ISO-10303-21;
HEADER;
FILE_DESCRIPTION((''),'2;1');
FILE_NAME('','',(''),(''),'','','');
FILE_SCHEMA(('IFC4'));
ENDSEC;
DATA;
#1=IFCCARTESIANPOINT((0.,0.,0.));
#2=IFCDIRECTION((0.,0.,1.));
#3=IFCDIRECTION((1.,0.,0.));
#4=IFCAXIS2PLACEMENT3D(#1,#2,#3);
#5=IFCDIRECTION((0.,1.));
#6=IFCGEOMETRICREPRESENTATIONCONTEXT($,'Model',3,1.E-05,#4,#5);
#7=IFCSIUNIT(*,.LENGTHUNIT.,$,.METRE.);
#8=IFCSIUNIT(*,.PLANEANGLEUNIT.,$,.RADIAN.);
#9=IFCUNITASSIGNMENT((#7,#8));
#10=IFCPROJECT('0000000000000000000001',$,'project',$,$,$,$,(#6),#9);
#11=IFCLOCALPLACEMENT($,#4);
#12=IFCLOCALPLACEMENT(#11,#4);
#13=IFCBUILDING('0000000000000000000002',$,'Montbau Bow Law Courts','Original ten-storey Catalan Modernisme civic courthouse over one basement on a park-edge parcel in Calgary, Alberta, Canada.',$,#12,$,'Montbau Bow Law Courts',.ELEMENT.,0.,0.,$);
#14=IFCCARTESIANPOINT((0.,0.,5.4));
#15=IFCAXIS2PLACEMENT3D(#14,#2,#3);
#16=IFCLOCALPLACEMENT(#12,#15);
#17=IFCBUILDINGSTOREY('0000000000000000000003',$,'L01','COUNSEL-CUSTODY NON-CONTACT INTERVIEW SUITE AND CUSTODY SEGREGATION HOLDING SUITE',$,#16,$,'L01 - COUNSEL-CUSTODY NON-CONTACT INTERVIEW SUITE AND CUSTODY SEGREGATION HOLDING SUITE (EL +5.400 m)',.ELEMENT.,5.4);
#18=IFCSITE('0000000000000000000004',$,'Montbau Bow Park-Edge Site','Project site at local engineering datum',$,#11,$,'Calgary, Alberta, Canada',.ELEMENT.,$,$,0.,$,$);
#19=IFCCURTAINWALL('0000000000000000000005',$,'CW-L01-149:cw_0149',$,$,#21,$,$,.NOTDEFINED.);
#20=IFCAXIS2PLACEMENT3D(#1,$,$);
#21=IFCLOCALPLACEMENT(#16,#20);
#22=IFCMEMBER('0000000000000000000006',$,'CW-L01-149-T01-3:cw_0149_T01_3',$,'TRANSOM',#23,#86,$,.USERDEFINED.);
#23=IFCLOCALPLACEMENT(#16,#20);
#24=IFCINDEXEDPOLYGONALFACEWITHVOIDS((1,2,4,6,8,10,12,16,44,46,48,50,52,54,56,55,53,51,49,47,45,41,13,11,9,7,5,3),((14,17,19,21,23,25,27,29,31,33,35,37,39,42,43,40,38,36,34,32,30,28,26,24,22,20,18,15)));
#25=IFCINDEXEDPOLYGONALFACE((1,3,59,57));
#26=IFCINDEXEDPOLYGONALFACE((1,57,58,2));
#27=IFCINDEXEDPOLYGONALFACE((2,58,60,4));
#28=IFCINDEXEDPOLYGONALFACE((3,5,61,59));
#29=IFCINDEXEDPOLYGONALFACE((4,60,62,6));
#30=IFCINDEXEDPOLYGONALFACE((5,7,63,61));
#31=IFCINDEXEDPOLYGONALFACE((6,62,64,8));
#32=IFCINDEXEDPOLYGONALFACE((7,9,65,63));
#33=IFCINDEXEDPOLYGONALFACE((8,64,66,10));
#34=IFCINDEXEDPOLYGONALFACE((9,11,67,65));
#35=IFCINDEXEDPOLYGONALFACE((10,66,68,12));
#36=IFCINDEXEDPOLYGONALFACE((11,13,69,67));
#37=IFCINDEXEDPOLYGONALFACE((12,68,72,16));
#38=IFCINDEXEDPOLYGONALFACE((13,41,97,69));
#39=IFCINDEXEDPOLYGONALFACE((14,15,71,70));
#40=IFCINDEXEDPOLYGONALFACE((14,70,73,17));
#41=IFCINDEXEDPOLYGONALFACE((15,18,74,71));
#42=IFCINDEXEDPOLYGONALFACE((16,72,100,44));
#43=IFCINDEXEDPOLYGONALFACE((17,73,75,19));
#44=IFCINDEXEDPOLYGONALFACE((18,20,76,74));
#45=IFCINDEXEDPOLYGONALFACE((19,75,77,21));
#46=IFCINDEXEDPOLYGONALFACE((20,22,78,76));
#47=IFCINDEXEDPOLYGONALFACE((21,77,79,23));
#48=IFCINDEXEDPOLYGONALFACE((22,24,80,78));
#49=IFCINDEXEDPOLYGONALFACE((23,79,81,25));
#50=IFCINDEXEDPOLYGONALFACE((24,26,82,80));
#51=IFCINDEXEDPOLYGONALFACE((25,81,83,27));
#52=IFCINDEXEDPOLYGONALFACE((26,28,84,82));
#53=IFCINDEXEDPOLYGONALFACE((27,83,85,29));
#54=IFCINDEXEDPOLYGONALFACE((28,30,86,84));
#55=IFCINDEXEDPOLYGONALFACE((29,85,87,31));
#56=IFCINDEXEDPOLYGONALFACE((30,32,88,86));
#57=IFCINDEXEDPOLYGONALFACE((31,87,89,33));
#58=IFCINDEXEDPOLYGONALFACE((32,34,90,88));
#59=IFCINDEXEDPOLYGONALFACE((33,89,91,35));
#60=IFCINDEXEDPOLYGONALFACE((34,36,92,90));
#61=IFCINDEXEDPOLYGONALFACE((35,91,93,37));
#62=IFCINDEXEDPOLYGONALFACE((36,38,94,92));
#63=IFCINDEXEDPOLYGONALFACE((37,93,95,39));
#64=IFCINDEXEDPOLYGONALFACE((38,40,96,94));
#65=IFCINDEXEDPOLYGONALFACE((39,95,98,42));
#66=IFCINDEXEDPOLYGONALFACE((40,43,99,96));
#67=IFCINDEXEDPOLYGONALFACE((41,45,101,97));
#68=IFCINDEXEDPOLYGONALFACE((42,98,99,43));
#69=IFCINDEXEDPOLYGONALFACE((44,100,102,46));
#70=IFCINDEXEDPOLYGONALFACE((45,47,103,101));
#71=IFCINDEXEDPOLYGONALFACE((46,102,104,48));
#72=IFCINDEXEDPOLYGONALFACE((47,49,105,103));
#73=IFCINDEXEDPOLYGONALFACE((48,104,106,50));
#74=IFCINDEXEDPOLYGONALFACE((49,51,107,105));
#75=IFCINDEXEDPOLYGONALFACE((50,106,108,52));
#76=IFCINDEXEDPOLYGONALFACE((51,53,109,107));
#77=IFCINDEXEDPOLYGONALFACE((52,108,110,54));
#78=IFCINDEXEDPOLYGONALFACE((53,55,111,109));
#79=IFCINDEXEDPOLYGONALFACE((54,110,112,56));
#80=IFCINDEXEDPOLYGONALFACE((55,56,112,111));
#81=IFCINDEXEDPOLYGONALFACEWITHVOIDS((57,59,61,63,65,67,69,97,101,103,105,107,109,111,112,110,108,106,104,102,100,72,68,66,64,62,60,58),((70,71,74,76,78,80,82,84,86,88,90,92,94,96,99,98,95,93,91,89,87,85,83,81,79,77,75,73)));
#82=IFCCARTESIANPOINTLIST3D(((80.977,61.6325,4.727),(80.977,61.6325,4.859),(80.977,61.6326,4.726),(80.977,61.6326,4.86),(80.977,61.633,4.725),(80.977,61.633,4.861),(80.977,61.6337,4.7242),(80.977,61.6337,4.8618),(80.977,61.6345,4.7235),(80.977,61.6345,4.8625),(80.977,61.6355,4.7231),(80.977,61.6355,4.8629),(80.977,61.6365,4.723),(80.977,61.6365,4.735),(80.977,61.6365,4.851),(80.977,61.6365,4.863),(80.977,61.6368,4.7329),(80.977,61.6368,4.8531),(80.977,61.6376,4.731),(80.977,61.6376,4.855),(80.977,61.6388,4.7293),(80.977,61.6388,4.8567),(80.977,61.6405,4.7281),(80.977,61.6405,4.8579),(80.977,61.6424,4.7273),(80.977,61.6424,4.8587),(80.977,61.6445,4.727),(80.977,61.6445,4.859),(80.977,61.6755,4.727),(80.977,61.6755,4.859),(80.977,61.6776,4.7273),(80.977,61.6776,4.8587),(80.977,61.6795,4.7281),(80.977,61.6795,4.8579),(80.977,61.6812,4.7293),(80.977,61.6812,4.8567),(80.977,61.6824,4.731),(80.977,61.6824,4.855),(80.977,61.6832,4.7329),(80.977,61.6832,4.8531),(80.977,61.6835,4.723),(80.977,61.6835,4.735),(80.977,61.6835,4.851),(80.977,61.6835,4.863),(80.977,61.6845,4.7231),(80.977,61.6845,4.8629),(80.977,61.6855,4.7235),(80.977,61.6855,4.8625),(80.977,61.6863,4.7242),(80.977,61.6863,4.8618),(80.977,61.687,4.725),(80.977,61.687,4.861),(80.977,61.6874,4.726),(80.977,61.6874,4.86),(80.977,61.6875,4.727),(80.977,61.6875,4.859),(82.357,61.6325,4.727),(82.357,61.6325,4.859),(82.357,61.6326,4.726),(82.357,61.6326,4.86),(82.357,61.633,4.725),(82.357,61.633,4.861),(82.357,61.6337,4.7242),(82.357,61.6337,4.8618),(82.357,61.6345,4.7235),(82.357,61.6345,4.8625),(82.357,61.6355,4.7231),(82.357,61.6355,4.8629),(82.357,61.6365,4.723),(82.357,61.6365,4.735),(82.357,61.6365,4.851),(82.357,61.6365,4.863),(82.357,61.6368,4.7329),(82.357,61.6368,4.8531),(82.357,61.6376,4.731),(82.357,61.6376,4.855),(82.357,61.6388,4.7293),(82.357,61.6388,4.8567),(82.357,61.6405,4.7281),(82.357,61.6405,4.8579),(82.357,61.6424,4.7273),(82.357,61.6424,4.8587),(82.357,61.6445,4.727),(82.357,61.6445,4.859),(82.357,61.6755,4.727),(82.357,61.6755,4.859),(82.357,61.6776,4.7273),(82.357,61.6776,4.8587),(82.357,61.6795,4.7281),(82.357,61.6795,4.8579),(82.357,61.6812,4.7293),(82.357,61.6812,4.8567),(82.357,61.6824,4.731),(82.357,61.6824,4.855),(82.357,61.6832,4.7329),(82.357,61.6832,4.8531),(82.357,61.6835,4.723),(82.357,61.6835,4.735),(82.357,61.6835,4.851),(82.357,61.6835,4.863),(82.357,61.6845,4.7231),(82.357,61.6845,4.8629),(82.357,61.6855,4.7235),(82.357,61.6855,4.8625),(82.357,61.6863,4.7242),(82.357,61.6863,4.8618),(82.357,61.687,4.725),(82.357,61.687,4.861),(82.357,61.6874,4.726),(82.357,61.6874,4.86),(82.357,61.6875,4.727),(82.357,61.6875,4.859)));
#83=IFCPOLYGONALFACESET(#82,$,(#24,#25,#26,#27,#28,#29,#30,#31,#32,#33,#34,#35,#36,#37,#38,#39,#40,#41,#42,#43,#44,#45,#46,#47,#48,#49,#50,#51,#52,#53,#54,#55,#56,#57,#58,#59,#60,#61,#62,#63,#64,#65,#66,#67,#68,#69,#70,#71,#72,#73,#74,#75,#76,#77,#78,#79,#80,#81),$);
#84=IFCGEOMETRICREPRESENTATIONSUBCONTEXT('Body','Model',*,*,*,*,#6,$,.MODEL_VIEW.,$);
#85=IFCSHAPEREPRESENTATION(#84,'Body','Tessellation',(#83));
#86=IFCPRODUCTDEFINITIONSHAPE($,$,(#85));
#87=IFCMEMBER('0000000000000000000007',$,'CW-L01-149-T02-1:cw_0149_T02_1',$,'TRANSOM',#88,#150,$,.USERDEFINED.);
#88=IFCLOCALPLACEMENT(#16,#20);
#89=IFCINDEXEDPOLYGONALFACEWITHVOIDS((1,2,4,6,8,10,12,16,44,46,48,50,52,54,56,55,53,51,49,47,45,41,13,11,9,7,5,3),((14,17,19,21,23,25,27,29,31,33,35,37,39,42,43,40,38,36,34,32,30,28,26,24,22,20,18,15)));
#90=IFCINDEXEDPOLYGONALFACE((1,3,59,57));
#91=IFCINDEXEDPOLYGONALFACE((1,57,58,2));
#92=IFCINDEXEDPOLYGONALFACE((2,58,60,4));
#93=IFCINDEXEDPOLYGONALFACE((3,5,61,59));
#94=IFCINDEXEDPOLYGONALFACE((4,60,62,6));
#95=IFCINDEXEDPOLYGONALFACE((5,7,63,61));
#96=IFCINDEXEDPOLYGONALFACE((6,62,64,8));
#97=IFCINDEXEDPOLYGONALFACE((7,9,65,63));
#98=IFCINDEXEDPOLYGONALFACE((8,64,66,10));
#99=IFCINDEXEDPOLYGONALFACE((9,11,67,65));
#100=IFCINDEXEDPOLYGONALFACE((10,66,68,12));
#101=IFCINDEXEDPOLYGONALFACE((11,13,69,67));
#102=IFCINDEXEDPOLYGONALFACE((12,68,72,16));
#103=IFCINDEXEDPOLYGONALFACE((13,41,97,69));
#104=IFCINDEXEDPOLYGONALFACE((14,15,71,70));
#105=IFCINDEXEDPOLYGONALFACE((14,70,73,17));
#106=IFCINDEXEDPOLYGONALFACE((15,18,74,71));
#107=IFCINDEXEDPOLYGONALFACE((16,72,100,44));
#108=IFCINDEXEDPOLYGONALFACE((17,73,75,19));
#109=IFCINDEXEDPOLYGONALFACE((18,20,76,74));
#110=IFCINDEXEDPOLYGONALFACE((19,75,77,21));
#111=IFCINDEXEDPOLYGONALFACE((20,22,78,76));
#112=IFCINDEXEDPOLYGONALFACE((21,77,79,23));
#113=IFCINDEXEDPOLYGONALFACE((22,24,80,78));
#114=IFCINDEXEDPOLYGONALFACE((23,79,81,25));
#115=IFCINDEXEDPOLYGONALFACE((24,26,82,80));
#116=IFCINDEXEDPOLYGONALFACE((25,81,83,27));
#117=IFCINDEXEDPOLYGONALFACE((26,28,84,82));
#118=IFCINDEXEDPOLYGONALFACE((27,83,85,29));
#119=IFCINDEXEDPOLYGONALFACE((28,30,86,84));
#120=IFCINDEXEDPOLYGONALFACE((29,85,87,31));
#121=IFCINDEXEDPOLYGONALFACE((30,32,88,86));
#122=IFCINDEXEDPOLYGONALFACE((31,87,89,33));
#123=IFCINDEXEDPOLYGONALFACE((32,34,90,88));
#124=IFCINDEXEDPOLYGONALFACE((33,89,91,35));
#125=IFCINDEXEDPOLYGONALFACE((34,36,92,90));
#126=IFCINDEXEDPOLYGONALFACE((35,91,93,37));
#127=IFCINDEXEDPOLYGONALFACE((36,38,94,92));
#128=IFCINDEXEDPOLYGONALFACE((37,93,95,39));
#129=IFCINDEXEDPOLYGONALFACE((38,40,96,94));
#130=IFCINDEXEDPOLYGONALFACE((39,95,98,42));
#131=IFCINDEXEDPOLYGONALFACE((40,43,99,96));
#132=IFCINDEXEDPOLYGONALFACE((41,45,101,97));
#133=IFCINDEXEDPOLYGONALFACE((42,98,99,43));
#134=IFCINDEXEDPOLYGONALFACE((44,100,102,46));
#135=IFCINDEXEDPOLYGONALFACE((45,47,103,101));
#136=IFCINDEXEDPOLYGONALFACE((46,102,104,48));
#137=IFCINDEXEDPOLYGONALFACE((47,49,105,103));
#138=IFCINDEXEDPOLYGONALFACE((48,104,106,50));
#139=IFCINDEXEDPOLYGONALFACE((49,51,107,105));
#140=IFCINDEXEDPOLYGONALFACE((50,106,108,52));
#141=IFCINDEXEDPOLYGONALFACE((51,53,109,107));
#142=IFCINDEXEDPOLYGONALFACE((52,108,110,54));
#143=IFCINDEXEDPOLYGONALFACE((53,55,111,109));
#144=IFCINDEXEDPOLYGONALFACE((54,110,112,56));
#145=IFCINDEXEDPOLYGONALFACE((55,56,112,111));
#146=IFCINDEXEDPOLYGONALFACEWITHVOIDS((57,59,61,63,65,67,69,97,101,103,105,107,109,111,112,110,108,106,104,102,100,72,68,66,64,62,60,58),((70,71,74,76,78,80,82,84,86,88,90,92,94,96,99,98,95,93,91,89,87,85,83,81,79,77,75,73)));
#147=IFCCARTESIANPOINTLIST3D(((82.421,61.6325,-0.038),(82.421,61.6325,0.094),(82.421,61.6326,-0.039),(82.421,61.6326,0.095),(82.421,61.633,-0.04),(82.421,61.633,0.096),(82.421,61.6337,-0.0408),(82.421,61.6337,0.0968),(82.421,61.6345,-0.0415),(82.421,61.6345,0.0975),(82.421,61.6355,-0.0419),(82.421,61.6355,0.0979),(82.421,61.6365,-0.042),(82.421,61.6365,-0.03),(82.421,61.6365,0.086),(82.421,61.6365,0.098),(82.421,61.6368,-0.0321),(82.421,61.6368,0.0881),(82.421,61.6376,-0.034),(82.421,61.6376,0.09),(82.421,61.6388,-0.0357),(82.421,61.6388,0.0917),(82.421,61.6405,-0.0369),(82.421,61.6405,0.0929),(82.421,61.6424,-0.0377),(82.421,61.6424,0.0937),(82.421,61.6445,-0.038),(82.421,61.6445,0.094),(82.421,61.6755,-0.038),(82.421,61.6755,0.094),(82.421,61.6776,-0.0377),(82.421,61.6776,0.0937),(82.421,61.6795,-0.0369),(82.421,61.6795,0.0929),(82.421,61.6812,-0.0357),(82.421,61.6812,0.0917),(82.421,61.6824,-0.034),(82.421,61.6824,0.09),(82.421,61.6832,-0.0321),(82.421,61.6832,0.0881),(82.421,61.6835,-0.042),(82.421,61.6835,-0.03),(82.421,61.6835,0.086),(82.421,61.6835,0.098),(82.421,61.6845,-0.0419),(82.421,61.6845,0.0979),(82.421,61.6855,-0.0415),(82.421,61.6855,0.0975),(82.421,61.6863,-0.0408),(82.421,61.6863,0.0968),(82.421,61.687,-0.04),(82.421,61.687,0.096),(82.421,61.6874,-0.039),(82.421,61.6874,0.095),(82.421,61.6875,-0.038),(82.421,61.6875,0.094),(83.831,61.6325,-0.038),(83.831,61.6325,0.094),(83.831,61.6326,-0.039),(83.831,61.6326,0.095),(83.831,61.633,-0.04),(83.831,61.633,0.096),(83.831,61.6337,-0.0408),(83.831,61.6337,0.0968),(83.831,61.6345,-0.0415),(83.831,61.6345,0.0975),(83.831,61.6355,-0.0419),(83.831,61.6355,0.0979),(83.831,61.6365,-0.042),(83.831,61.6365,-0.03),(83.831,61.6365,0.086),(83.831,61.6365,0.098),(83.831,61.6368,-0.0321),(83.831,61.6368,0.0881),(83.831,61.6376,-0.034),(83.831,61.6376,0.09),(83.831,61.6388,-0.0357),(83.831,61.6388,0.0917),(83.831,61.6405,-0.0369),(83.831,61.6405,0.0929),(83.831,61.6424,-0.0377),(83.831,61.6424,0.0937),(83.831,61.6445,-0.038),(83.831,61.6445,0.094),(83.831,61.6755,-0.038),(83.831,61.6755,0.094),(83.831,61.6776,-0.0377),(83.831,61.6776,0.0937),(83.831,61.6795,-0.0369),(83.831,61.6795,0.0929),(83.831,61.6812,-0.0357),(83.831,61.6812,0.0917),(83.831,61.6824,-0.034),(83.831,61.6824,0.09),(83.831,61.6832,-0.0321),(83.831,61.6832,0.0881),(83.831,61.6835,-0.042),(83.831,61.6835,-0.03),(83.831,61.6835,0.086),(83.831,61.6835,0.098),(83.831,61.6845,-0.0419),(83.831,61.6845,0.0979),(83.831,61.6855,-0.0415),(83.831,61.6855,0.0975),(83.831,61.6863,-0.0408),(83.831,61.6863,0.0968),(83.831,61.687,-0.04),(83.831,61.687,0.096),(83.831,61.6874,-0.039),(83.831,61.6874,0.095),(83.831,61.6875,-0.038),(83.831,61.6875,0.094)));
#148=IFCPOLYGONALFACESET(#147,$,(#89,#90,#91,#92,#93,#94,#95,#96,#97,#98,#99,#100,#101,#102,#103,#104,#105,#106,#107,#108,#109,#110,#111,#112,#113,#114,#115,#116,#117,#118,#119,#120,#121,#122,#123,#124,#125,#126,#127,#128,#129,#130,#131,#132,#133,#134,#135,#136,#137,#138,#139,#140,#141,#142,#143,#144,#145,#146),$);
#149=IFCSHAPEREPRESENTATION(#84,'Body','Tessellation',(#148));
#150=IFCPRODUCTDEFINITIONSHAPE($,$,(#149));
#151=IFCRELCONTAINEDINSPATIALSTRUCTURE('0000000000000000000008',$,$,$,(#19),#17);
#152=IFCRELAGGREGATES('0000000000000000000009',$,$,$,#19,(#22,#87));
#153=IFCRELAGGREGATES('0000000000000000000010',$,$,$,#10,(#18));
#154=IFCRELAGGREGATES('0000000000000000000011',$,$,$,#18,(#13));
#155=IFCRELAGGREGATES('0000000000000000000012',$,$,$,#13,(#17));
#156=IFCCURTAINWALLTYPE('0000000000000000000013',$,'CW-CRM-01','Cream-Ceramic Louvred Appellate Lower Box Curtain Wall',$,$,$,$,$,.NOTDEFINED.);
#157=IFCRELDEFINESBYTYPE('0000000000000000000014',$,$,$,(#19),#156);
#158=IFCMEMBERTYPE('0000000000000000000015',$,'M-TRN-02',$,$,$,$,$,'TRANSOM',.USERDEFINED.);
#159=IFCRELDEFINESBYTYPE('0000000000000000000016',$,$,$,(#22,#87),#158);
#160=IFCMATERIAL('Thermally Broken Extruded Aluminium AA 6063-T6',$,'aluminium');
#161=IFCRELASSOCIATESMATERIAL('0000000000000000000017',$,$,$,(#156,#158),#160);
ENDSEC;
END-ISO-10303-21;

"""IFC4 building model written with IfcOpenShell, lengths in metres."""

from ifc_helpers import new_model, si_unit, direction, frame, origin_with_axes, origin_2d_with_axis, place, context, subcontext, project, spatial, hollow_rectangle, extrude, material, material_profile, profile_set, type_object, element, aggregate, save


model = new_model("IFC4")

# Units and contexts
model_context = context("Model", 3, precision=1e-05, world=origin_with_axes(), true_north=direction((0.0, 1.0)))
body_context = subcontext(model_context, "Body", "Model", "MODEL_VIEW")
ifc_project = project(units=[si_unit("LENGTHUNIT", "METRE"), si_unit("PLANEANGLEUNIT", "RADIAN")], contexts=[model_context])

# Site, building, storey
site_placement = place(None, origin_with_axes())
site = spatial("IfcSite", under=ifc_project, at=site_placement, Name="Montbau Bow Park-Edge Site", Description="Project site at local engineering datum", LongName="Calgary, Alberta, Canada", CompositionType="ELEMENT", RefElevation=0.0)
building_placement = place(site_placement, origin_with_axes())
building = spatial("IfcBuilding", under=site, at=building_placement, Name="Montbau Bow Law Courts", Description="Original ten-storey Catalan Modernisme civic courthouse over one basement on a park-edge parcel in Calgary, Alberta, Canada.", LongName="Montbau Bow Law Courts", CompositionType="ELEMENT", ElevationOfRefHeight=0.0, ElevationOfTerrain=0.0)
storey_placement = place(building_placement, frame((0.0, 0.0, 5.4), z_axis=(0.0, 0.0, 1.0), x_axis=(1.0, 0.0, 0.0)))
storey = spatial("IfcBuildingStorey", under=building, at=storey_placement, Name="L01", Description="COUNSEL-CUSTODY NON-CONTACT INTERVIEW SUITE AND CUSTODY SEGREGATION HOLDING SUITE", LongName="L01 - COUNSEL-CUSTODY NON-CONTACT INTERVIEW SUITE AND CUSTODY SEGREGATION HOLDING SUITE (EL +5.400 m)", CompositionType="ELEMENT", Elevation=5.4)

# Curtain wall, members
ifc_material_1 = material(Name="Thermally Broken Extruded Aluminium AA 6063-T6", Category="aluminium")
curtain_wall_type = type_object("IfcCurtainWallType", Name="CW-CRM-01", Description="Cream-Ceramic Louvred Appellate Lower Box Curtain Wall", PredefinedType="NOTDEFINED", material=ifc_material_1)
curtain_wall_placement = place(None, frame((80.915, 61.66, 5.4), z_axis=(0.0, 0.0, 1.0), x_axis=(1.0, 0.0, 0.0)))
curtain_wall = element("IfcCurtainWall", 1, at=curtain_wall_placement, inside=storey, type_object=curtain_wall_type, Name="CW-L01-149:cw_0149", PredefinedType="NOTDEFINED")
ifc_material_profile_1 = material_profile(ifc_material_1, hollow_rectangle(XDim=0.055, YDim=0.14, WallThickness=0.004, InnerFilletRadius=0.008, OuterFilletRadius=0.004, at=origin_2d_with_axis()), Name="CWT-140X55", Category="Main", Priority=0)
ifc_profile_set_1 = profile_set([ifc_material_profile_1], Name="Thermally Broken Extruded Aluminium AA 6063-T6")
member_type_1 = type_object("IfcMemberType", Name="M-TRN-02", ElementType="TRANSOM", PredefinedType="USERDEFINED", material=ifc_profile_set_1)
member_1_placement = place(None, frame((80.977, 61.66, 10.193), z_axis=(1.0, 0.0, 0.0), x_axis=(0.0, 1.0, 0.0)))
member_1 = element("IfcMember", 2, at=member_1_placement, type_object=member_type_1, Name="CW-L01-149-T01-3:cw_0149_T01_3", ObjectType="TRANSOM", PredefinedType="USERDEFINED", context=body_context, shape_type="SweptSolid", body=[
    extrude(hollow_rectangle(XDim=0.055, YDim=0.14, WallThickness=0.004, InnerFilletRadius=0.008, OuterFilletRadius=0.004, at=origin_2d_with_axis()), origin_with_axes(), (0.0, 0.0, 1.0), 1.38),
])
member_2_placement = place(None, frame((82.421, 61.66, 5.428), z_axis=(1.0, 0.0, 0.0), x_axis=(0.0, 1.0, 0.0)))
member_2 = element("IfcMember", 3, at=member_2_placement, type_object=member_type_1, Name="CW-L01-149-T02-1:cw_0149_T02_1", ObjectType="TRANSOM", PredefinedType="USERDEFINED", context=body_context, shape_type="SweptSolid", body=[
    extrude(hollow_rectangle(XDim=0.055, YDim=0.14, WallThickness=0.004, InnerFilletRadius=0.008, OuterFilletRadius=0.004, at=origin_2d_with_axis()), origin_with_axes(), (0.0, 0.0, 1.0), 1.41),
])
aggregate(curtain_wall, [member_1, member_2])

save(model, "model.ifc")
